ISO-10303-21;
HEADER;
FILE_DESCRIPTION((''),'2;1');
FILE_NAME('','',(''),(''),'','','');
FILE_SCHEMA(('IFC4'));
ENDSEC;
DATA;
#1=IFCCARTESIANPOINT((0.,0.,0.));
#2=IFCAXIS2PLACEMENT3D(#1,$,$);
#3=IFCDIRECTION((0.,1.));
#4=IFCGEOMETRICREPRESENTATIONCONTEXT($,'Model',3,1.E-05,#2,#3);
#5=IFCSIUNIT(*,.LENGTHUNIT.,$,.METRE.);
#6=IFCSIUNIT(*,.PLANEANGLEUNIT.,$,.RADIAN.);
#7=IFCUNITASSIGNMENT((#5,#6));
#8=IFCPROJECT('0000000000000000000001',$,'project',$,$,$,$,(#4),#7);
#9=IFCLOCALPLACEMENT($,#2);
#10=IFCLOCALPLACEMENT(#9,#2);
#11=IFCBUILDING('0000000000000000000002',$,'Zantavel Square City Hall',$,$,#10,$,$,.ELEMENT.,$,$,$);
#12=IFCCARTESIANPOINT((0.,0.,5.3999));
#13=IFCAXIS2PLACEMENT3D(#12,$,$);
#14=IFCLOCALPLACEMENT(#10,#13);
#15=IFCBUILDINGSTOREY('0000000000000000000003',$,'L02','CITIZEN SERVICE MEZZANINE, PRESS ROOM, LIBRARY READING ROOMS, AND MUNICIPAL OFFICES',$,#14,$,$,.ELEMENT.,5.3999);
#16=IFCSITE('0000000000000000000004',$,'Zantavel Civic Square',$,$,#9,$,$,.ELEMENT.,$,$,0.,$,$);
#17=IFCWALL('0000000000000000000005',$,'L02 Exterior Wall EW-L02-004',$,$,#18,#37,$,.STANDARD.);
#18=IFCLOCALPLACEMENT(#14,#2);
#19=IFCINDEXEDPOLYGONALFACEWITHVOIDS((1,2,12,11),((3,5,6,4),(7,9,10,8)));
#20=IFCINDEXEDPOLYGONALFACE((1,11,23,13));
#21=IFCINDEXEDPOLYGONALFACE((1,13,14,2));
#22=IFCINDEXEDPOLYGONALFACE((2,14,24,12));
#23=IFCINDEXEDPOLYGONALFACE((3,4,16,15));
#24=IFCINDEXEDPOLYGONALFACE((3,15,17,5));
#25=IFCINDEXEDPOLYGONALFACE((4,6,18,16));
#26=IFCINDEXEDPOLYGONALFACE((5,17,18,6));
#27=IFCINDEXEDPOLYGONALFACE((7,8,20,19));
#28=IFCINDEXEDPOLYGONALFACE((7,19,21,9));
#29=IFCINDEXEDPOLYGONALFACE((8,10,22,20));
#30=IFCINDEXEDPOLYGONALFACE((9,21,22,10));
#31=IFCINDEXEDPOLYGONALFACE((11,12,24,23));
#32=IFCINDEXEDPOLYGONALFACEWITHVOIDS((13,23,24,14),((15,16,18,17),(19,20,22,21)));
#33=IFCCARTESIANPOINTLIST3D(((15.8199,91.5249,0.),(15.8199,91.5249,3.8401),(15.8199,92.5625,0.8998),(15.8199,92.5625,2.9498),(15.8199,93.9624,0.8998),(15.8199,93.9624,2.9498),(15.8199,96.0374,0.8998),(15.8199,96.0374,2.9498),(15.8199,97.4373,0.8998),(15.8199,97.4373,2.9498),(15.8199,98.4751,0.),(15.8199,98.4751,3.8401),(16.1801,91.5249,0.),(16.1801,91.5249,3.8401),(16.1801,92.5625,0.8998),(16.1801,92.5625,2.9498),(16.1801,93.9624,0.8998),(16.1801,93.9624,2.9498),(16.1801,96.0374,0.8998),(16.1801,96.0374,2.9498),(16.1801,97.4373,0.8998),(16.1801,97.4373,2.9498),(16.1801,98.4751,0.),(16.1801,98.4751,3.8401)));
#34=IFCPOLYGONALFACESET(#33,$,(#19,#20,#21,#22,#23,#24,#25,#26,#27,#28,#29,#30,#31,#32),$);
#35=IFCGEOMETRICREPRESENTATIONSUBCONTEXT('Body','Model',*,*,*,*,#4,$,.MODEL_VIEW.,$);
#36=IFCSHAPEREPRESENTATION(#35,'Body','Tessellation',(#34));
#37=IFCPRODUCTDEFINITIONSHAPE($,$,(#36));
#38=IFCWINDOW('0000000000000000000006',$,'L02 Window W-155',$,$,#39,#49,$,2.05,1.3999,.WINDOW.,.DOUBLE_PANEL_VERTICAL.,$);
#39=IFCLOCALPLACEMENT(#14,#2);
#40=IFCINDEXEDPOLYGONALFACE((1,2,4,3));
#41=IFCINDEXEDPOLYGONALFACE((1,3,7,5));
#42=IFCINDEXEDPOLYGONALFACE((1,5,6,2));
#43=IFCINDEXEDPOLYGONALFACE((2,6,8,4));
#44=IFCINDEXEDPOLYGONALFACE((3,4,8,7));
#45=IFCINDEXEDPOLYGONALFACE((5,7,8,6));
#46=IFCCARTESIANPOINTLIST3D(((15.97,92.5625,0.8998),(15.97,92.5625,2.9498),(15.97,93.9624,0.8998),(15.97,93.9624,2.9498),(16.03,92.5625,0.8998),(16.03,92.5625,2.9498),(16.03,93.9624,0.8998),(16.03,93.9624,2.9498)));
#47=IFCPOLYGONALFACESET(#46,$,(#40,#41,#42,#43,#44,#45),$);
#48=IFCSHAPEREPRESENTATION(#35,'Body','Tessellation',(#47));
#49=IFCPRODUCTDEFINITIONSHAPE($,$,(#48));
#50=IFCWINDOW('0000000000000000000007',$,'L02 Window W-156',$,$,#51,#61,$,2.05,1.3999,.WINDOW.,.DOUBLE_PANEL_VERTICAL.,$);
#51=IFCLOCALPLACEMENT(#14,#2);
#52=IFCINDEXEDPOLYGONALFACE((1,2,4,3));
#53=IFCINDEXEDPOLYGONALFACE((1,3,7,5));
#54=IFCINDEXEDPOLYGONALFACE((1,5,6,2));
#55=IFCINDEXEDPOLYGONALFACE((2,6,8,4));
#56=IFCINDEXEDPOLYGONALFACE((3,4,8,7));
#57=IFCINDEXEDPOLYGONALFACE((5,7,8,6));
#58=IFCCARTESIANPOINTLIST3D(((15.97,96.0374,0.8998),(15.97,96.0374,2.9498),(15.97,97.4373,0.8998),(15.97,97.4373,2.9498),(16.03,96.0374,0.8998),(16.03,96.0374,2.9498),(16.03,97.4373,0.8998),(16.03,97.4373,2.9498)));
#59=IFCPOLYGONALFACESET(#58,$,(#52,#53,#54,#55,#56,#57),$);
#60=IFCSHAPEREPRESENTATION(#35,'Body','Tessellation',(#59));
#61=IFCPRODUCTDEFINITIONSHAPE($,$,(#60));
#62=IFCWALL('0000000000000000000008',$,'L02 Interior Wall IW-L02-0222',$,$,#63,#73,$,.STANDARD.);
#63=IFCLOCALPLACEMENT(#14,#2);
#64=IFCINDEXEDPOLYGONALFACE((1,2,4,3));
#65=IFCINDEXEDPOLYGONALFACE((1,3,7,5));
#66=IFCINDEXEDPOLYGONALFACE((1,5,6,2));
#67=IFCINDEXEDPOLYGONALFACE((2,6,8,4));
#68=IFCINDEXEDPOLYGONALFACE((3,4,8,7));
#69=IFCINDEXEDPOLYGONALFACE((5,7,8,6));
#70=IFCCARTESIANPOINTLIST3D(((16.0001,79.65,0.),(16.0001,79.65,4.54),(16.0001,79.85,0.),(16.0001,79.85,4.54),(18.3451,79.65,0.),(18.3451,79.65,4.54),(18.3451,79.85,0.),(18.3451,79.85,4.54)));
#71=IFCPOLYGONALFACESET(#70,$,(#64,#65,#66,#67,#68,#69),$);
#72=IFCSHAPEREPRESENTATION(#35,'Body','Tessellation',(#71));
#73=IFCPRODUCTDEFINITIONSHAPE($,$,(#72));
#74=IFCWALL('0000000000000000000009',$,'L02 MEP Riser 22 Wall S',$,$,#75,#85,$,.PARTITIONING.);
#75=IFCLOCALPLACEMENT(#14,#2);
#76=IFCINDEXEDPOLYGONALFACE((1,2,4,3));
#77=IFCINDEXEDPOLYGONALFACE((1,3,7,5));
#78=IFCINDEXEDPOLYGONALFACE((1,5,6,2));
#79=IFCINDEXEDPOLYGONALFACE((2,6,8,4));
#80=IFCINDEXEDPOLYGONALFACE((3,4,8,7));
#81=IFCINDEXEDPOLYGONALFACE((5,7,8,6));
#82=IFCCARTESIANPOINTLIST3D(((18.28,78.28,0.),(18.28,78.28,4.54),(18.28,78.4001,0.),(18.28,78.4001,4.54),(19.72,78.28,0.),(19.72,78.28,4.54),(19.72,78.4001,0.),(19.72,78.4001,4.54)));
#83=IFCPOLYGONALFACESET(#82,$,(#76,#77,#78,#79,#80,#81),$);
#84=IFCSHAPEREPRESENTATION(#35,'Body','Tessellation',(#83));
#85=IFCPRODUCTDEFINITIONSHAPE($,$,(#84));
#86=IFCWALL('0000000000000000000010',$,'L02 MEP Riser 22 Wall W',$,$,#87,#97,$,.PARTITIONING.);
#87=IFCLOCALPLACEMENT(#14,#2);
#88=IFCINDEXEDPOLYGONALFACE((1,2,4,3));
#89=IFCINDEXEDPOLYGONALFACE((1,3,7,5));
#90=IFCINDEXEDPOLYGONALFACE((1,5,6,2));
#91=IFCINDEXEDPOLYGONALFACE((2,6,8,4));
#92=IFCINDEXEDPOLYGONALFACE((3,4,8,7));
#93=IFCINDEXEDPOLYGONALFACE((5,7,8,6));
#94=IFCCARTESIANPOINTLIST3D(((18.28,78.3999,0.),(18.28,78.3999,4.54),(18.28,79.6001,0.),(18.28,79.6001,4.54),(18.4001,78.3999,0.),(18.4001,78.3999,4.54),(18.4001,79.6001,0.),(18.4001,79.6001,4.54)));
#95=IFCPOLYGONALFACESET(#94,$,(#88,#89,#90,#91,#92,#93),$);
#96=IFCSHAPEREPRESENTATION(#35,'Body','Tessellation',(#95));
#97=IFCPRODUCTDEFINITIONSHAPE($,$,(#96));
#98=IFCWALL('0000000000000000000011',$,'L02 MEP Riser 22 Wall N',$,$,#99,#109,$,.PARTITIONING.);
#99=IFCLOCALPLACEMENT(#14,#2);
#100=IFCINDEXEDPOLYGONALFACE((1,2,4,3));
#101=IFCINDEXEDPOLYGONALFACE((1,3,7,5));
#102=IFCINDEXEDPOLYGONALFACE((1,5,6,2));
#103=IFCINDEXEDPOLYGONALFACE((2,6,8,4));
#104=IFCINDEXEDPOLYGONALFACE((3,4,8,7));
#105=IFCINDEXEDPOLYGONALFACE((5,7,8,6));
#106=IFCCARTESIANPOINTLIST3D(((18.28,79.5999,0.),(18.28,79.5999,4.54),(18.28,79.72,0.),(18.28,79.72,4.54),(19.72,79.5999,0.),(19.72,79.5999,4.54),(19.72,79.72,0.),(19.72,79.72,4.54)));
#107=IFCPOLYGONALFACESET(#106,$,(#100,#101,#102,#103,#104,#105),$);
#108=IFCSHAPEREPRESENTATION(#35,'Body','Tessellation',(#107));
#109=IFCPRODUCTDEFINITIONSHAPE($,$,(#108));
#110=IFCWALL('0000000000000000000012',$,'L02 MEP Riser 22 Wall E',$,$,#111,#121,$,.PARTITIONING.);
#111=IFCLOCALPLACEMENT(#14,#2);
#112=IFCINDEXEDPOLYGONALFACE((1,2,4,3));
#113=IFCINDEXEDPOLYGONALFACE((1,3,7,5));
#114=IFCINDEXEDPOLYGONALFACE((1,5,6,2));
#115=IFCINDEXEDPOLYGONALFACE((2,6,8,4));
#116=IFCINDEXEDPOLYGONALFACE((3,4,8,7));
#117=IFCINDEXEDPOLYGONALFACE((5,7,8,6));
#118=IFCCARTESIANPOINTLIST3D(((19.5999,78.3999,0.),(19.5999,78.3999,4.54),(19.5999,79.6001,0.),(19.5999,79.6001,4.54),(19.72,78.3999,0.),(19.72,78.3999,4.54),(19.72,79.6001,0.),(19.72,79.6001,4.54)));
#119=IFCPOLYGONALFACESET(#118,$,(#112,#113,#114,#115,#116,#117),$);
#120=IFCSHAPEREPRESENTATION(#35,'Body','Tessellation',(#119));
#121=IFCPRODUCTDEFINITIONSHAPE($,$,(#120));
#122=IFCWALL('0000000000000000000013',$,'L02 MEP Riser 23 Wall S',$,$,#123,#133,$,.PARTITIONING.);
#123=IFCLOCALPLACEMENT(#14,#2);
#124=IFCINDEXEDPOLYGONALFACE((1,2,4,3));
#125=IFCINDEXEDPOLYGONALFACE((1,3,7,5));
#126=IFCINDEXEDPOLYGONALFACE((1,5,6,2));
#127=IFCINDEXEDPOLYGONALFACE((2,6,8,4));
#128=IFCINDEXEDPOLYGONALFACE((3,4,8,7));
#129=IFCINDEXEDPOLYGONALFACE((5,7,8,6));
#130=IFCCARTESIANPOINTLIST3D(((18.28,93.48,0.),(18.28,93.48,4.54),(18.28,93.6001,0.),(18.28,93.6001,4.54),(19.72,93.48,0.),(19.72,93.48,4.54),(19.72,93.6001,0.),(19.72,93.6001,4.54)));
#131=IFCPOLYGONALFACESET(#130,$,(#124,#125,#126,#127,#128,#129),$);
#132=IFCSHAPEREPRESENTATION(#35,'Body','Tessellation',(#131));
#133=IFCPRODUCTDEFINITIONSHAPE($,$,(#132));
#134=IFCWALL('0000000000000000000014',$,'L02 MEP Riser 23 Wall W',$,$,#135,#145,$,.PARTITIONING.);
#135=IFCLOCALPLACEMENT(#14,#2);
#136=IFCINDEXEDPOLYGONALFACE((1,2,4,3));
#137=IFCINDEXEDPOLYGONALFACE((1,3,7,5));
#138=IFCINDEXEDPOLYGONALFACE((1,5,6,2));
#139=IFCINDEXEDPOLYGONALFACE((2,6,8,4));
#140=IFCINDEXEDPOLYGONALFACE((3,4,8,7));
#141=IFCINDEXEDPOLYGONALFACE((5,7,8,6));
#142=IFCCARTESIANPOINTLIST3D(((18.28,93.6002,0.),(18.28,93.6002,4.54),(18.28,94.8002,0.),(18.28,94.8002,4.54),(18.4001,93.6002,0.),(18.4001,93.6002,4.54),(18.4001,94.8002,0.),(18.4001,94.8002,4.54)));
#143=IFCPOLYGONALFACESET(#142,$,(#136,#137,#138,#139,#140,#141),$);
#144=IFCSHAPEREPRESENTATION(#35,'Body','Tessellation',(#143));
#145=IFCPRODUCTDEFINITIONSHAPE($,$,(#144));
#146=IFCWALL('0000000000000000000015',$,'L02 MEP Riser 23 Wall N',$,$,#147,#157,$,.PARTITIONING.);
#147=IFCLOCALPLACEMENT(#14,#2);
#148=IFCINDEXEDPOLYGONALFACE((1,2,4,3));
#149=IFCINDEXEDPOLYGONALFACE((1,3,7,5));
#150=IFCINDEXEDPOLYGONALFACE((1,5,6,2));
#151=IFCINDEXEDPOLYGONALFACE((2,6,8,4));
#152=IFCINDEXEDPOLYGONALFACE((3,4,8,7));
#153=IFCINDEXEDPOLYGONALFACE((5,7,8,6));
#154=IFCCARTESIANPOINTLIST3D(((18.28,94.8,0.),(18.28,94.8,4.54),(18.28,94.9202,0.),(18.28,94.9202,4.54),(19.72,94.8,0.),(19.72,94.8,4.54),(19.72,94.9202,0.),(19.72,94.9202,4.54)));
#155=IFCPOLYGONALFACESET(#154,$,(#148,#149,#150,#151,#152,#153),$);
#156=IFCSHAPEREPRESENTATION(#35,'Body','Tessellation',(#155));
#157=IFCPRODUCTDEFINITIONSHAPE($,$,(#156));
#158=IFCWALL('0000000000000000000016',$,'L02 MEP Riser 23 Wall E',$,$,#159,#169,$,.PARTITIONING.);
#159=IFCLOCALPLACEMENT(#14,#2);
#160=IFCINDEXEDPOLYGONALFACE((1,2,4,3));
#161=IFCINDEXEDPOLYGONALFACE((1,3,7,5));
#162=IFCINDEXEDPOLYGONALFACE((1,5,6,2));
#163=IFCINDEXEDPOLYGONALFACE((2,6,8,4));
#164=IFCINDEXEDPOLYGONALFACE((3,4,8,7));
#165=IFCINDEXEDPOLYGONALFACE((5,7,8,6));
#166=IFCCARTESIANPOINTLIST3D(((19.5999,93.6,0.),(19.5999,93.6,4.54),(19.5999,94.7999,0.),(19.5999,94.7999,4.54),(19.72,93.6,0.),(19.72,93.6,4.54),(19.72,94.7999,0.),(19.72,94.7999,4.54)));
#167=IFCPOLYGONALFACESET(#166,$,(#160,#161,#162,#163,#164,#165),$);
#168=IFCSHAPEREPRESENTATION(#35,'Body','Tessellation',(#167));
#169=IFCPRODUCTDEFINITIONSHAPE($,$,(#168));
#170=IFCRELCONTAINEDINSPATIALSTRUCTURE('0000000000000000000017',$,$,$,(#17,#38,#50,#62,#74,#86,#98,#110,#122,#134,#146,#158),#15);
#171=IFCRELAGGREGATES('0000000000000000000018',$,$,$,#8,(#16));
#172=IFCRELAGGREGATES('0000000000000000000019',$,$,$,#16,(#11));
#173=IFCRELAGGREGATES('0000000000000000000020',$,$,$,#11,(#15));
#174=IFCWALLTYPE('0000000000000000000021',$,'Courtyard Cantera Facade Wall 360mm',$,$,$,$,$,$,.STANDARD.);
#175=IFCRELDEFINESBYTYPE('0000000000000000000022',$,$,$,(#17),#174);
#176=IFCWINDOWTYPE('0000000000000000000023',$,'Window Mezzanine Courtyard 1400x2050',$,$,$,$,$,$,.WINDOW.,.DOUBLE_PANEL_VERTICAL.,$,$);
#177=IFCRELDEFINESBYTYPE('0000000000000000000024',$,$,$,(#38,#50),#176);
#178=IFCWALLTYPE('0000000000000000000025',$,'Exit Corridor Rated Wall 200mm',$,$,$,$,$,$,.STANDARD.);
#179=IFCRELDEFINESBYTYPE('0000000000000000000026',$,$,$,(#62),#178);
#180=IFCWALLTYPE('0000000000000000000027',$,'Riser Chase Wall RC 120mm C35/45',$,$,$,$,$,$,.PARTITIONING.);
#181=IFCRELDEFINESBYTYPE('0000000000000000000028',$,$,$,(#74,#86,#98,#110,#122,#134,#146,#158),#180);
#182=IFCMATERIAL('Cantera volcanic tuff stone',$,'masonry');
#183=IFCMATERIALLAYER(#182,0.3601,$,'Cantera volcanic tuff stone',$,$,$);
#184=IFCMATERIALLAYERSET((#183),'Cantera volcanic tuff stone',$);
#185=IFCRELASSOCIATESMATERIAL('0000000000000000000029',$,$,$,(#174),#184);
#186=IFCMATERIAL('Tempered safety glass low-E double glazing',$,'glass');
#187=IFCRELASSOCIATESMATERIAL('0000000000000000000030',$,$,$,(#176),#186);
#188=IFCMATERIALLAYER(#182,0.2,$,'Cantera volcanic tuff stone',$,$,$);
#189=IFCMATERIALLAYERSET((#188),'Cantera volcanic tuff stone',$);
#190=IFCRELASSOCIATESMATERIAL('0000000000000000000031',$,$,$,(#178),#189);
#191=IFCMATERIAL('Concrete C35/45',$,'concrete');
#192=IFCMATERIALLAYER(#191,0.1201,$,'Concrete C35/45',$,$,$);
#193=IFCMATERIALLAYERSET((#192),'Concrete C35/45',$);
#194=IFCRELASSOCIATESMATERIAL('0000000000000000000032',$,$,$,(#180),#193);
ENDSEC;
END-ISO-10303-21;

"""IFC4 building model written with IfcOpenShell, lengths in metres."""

from ifc_helpers import new_model, si_unit, direction, frame, frame_2d, origin, place, context, subcontext, project, spatial, rectangle, extrude, material, layer, layer_set, type_object, element, fill, save


model = new_model("IFC4")

# Units and contexts
model_context = context("Model", 3, precision=1e-05, world=origin(), true_north=direction((0.0, 1.0)))
body_context = subcontext(model_context, "Body", "Model", "MODEL_VIEW")
ifc_project = project(units=[si_unit("LENGTHUNIT", "METRE"), si_unit("PLANEANGLEUNIT", "RADIAN")], contexts=[model_context])

# Site, building, storey
site_placement = place(None, origin())
site = spatial("IfcSite", under=ifc_project, at=site_placement, Name="Zantavel Civic Square", CompositionType="ELEMENT", RefElevation=0.0)
building_placement = place(site_placement, origin())
building = spatial("IfcBuilding", under=site, at=building_placement, Name="Zantavel Square City Hall", CompositionType="ELEMENT")
storey_placement = place(building_placement, frame((0.0, 0.0, 5.3999)))
storey = spatial("IfcBuildingStorey", under=building, at=storey_placement, Name="L02", Description="CITIZEN SERVICE MEZZANINE, PRESS ROOM, LIBRARY READING ROOMS, AND MUNICIPAL OFFICES", CompositionType="ELEMENT", Elevation=5.3999)

# Shared definitions
ifc_material_1 = material(Name="Concrete C35/45", Category="concrete")

# Wall, openings, windows
ifc_material_2 = material(Name="Cantera volcanic tuff stone", Category="masonry")
ifc_layer_1 = layer(ifc_material_2, 0.3601, Name="Cantera volcanic tuff stone")
ifc_layer_set_1 = layer_set([ifc_layer_1], Name="Cantera volcanic tuff stone")
wall_type_1 = type_object("IfcWallType", Name="Courtyard Cantera Facade Wall 360mm", PredefinedType="STANDARD", material=ifc_layer_set_1)
ifc_material_3 = material(Name="Tempered safety glass low-E double glazing", Category="glass")
window_type = type_object("IfcWindowType", Name="Window Mezzanine Courtyard 1400x2050", PartitioningType="DOUBLE_PANEL_VERTICAL", PredefinedType="WINDOW", material=ifc_material_3)
wall_1_placement = place(storey_placement, frame((16.0, 91.5249, 0.0), z_axis=(0.0, 0.0, 1.0), x_axis=(0.0, 1.0, 0.0)))
wall_1 = element("IfcWall", 1, at=wall_1_placement, inside=storey, type_object=wall_type_1, Name="L02 Exterior Wall EW-L02-004", PredefinedType="STANDARD", context=body_context, shape_type="SweptSolid", body=[
    extrude(rectangle(XDim=6.9502, YDim=0.3601, at=frame_2d((3.4751, 0.0))), origin(), (0.0, 0.0, 1.0), 3.8401),
])
opening_1_placement = place(wall_1_placement, frame((1.0376, 0.0, 0.8999)))
opening_1 = element("IfcOpeningElement", 2, at=opening_1_placement, cuts=wall_1, PredefinedType="OPENING", context=body_context, shape_type="SweptSolid", body=[
    extrude(rectangle(XDim=1.3999, YDim=2.05, at=frame_2d((0.7, 1.0249))), frame((0.0, 0.1899, 0.0), z_axis=(0.0, -1.0, 0.0), x_axis=(1.0, 0.0, 0.0)), (0.0, 0.0, 1.0), 0.3801),
])
opening_2_placement = place(wall_1_placement, frame((4.5125, 0.0, 0.8999)))
opening_2 = element("IfcOpeningElement", 3, at=opening_2_placement, cuts=wall_1, PredefinedType="OPENING", context=body_context, shape_type="SweptSolid", body=[
    extrude(rectangle(XDim=1.3999, YDim=2.05, at=frame_2d((0.7, 1.0249))), frame((0.0, 0.1899, 0.0), z_axis=(0.0, -1.0, 0.0), x_axis=(1.0, 0.0, 0.0)), (0.0, 0.0, 1.0), 0.3801),
])
window_1_placement = place(opening_1_placement, origin())
window_1 = element("IfcWindow", 4, at=window_1_placement, inside=storey, type_object=window_type, Name="L02 Window W-155", OverallHeight=2.05, OverallWidth=1.3999, PartitioningType="DOUBLE_PANEL_VERTICAL", PredefinedType="WINDOW", context=body_context, shape_type="SweptSolid", body=[
    extrude(rectangle(XDim=1.3999, YDim=2.05, at=frame_2d((0.7, 1.0249))), frame((0.0, 0.03, 0.0), z_axis=(0.0, -1.0, 0.0), x_axis=(1.0, 0.0, 0.0)), (0.0, 0.0, 1.0), 0.0601),
])
fill(opening_1, window_1)
window_2_placement = place(opening_2_placement, origin())
window_2 = element("IfcWindow", 5, at=window_2_placement, inside=storey, type_object=window_type, Name="L02 Window W-156", OverallHeight=2.05, OverallWidth=1.3999, PartitioningType="DOUBLE_PANEL_VERTICAL", PredefinedType="WINDOW", context=body_context, shape_type="SweptSolid", body=[
    extrude(rectangle(XDim=1.3999, YDim=2.05, at=frame_2d((0.7, 1.0249))), frame((0.0, 0.03, 0.0), z_axis=(0.0, -1.0, 0.0), x_axis=(1.0, 0.0, 0.0)), (0.0, 0.0, 1.0), 0.0601),
])
fill(opening_2, window_2)

# Walls
ifc_layer_2 = layer(ifc_material_2, 0.2, Name="Cantera volcanic tuff stone")
ifc_layer_set_2 = layer_set([ifc_layer_2], Name="Cantera volcanic tuff stone")
wall_type_2 = type_object("IfcWallType", Name="Exit Corridor Rated Wall 200mm", PredefinedType="STANDARD", material=ifc_layer_set_2)
wall_2_placement = place(storey_placement, frame((18.345, 79.75, 0.0), z_axis=(0.0, 0.0, 1.0), x_axis=(-1.0, 0.0, 0.0)))
element("IfcWall", 6, at=wall_2_placement, inside=storey, type_object=wall_type_2, Name="L02 Interior Wall IW-L02-0222", PredefinedType="STANDARD", context=body_context, shape_type="SweptSolid", body=[
    extrude(rectangle(XDim=2.345, YDim=0.2, at=frame_2d((1.1724, 0.0))), origin(), (0.0, 0.0, 1.0), 4.54),
])
ifc_layer_3 = layer(ifc_material_1, 0.1201, Name="Concrete C35/45")
ifc_layer_set_3 = layer_set([ifc_layer_3], Name="Concrete C35/45")
wall_type_3 = type_object("IfcWallType", Name="Riser Chase Wall RC 120mm C35/45", PredefinedType="PARTITIONING", material=ifc_layer_set_3)
wall_3_placement = place(storey_placement, frame((19.72, 78.3401, 0.0), z_axis=(0.0, 0.0, 1.0), x_axis=(-1.0, 0.0, 0.0)))
element("IfcWall", 7, at=wall_3_placement, inside=storey, type_object=wall_type_3, Name="L02 MEP Riser 22 Wall S", PredefinedType="PARTITIONING", context=body_context, shape_type="SweptSolid", body=[
    extrude(rectangle(XDim=1.4399, YDim=0.1201, at=frame_2d((0.72, 0.0))), origin(), (0.0, 0.0, 1.0), 4.54),
])
wall_4_placement = place(storey_placement, frame((18.3401, 78.3999, 0.0), z_axis=(0.0, 0.0, 1.0), x_axis=(0.0, 1.0, 0.0)))
element("IfcWall", 8, at=wall_4_placement, inside=storey, type_object=wall_type_3, Name="L02 MEP Riser 22 Wall W", PredefinedType="PARTITIONING", context=body_context, shape_type="SweptSolid", body=[
    extrude(rectangle(XDim=1.2002, YDim=0.1201, at=frame_2d((0.6001, 0.0))), origin(), (0.0, 0.0, 1.0), 4.54),
])
wall_5_placement = place(storey_placement, frame((18.28, 79.6599, 0.0), z_axis=(0.0, 0.0, 1.0), x_axis=(1.0, 0.0, 0.0)))
element("IfcWall", 9, at=wall_5_placement, inside=storey, type_object=wall_type_3, Name="L02 MEP Riser 22 Wall N", PredefinedType="PARTITIONING", context=body_context, shape_type="SweptSolid", body=[
    extrude(rectangle(XDim=1.4399, YDim=0.1201, at=frame_2d((0.72, 0.0))), origin(), (0.0, 0.0, 1.0), 4.54),
])
wall_6_placement = place(storey_placement, frame((19.6599, 79.6001, 0.0), z_axis=(0.0, 0.0, 1.0), x_axis=(0.0, -1.0, 0.0)))
element("IfcWall", 10, at=wall_6_placement, inside=storey, type_object=wall_type_3, Name="L02 MEP Riser 22 Wall E", PredefinedType="PARTITIONING", context=body_context, shape_type="SweptSolid", body=[
    extrude(rectangle(XDim=1.2002, YDim=0.1201, at=frame_2d((0.6001, 0.0))), origin(), (0.0, 0.0, 1.0), 4.54),
])
wall_7_placement = place(storey_placement, frame((19.72, 93.54, 0.0), z_axis=(0.0, 0.0, 1.0), x_axis=(-1.0, 0.0, 0.0)))
element("IfcWall", 11, at=wall_7_placement, inside=storey, type_object=wall_type_3, Name="L02 MEP Riser 23 Wall S", PredefinedType="PARTITIONING", context=body_context, shape_type="SweptSolid", body=[
    extrude(rectangle(XDim=1.4399, YDim=0.1201, at=frame_2d((0.72, 0.0))), origin(), (0.0, 0.0, 1.0), 4.54),
])
wall_8_placement = place(storey_placement, frame((18.3401, 93.6001, 0.0), z_axis=(0.0, 0.0, 1.0), x_axis=(0.0, 1.0, 0.0)))
element("IfcWall", 12, at=wall_8_placement, inside=storey, type_object=wall_type_3, Name="L02 MEP Riser 23 Wall W", PredefinedType="PARTITIONING", context=body_context, shape_type="SweptSolid", body=[
    extrude(rectangle(XDim=1.2, YDim=0.1201, at=frame_2d((0.6001, 0.0))), origin(), (0.0, 0.0, 1.0), 4.54),
])
wall_9_placement = place(storey_placement, frame((18.28, 94.8601, 0.0), z_axis=(0.0, 0.0, 1.0), x_axis=(1.0, 0.0, 0.0)))
element("IfcWall", 13, at=wall_9_placement, inside=storey, type_object=wall_type_3, Name="L02 MEP Riser 23 Wall N", PredefinedType="PARTITIONING", context=body_context, shape_type="SweptSolid", body=[
    extrude(rectangle(XDim=1.4399, YDim=0.1201, at=frame_2d((0.72, 0.0))), origin(), (0.0, 0.0, 1.0), 4.54),
])
wall_10_placement = place(storey_placement, frame((19.6599, 94.8, 0.0), z_axis=(0.0, 0.0, 1.0), x_axis=(0.0, -1.0, 0.0)))
element("IfcWall", 14, at=wall_10_placement, inside=storey, type_object=wall_type_3, Name="L02 MEP Riser 23 Wall E", PredefinedType="PARTITIONING", context=body_context, shape_type="SweptSolid", body=[
    extrude(rectangle(XDim=1.2, YDim=0.1201, at=frame_2d((0.6001, 0.0))), origin(), (0.0, 0.0, 1.0), 4.54),
])

save(model, "model.ifc")
